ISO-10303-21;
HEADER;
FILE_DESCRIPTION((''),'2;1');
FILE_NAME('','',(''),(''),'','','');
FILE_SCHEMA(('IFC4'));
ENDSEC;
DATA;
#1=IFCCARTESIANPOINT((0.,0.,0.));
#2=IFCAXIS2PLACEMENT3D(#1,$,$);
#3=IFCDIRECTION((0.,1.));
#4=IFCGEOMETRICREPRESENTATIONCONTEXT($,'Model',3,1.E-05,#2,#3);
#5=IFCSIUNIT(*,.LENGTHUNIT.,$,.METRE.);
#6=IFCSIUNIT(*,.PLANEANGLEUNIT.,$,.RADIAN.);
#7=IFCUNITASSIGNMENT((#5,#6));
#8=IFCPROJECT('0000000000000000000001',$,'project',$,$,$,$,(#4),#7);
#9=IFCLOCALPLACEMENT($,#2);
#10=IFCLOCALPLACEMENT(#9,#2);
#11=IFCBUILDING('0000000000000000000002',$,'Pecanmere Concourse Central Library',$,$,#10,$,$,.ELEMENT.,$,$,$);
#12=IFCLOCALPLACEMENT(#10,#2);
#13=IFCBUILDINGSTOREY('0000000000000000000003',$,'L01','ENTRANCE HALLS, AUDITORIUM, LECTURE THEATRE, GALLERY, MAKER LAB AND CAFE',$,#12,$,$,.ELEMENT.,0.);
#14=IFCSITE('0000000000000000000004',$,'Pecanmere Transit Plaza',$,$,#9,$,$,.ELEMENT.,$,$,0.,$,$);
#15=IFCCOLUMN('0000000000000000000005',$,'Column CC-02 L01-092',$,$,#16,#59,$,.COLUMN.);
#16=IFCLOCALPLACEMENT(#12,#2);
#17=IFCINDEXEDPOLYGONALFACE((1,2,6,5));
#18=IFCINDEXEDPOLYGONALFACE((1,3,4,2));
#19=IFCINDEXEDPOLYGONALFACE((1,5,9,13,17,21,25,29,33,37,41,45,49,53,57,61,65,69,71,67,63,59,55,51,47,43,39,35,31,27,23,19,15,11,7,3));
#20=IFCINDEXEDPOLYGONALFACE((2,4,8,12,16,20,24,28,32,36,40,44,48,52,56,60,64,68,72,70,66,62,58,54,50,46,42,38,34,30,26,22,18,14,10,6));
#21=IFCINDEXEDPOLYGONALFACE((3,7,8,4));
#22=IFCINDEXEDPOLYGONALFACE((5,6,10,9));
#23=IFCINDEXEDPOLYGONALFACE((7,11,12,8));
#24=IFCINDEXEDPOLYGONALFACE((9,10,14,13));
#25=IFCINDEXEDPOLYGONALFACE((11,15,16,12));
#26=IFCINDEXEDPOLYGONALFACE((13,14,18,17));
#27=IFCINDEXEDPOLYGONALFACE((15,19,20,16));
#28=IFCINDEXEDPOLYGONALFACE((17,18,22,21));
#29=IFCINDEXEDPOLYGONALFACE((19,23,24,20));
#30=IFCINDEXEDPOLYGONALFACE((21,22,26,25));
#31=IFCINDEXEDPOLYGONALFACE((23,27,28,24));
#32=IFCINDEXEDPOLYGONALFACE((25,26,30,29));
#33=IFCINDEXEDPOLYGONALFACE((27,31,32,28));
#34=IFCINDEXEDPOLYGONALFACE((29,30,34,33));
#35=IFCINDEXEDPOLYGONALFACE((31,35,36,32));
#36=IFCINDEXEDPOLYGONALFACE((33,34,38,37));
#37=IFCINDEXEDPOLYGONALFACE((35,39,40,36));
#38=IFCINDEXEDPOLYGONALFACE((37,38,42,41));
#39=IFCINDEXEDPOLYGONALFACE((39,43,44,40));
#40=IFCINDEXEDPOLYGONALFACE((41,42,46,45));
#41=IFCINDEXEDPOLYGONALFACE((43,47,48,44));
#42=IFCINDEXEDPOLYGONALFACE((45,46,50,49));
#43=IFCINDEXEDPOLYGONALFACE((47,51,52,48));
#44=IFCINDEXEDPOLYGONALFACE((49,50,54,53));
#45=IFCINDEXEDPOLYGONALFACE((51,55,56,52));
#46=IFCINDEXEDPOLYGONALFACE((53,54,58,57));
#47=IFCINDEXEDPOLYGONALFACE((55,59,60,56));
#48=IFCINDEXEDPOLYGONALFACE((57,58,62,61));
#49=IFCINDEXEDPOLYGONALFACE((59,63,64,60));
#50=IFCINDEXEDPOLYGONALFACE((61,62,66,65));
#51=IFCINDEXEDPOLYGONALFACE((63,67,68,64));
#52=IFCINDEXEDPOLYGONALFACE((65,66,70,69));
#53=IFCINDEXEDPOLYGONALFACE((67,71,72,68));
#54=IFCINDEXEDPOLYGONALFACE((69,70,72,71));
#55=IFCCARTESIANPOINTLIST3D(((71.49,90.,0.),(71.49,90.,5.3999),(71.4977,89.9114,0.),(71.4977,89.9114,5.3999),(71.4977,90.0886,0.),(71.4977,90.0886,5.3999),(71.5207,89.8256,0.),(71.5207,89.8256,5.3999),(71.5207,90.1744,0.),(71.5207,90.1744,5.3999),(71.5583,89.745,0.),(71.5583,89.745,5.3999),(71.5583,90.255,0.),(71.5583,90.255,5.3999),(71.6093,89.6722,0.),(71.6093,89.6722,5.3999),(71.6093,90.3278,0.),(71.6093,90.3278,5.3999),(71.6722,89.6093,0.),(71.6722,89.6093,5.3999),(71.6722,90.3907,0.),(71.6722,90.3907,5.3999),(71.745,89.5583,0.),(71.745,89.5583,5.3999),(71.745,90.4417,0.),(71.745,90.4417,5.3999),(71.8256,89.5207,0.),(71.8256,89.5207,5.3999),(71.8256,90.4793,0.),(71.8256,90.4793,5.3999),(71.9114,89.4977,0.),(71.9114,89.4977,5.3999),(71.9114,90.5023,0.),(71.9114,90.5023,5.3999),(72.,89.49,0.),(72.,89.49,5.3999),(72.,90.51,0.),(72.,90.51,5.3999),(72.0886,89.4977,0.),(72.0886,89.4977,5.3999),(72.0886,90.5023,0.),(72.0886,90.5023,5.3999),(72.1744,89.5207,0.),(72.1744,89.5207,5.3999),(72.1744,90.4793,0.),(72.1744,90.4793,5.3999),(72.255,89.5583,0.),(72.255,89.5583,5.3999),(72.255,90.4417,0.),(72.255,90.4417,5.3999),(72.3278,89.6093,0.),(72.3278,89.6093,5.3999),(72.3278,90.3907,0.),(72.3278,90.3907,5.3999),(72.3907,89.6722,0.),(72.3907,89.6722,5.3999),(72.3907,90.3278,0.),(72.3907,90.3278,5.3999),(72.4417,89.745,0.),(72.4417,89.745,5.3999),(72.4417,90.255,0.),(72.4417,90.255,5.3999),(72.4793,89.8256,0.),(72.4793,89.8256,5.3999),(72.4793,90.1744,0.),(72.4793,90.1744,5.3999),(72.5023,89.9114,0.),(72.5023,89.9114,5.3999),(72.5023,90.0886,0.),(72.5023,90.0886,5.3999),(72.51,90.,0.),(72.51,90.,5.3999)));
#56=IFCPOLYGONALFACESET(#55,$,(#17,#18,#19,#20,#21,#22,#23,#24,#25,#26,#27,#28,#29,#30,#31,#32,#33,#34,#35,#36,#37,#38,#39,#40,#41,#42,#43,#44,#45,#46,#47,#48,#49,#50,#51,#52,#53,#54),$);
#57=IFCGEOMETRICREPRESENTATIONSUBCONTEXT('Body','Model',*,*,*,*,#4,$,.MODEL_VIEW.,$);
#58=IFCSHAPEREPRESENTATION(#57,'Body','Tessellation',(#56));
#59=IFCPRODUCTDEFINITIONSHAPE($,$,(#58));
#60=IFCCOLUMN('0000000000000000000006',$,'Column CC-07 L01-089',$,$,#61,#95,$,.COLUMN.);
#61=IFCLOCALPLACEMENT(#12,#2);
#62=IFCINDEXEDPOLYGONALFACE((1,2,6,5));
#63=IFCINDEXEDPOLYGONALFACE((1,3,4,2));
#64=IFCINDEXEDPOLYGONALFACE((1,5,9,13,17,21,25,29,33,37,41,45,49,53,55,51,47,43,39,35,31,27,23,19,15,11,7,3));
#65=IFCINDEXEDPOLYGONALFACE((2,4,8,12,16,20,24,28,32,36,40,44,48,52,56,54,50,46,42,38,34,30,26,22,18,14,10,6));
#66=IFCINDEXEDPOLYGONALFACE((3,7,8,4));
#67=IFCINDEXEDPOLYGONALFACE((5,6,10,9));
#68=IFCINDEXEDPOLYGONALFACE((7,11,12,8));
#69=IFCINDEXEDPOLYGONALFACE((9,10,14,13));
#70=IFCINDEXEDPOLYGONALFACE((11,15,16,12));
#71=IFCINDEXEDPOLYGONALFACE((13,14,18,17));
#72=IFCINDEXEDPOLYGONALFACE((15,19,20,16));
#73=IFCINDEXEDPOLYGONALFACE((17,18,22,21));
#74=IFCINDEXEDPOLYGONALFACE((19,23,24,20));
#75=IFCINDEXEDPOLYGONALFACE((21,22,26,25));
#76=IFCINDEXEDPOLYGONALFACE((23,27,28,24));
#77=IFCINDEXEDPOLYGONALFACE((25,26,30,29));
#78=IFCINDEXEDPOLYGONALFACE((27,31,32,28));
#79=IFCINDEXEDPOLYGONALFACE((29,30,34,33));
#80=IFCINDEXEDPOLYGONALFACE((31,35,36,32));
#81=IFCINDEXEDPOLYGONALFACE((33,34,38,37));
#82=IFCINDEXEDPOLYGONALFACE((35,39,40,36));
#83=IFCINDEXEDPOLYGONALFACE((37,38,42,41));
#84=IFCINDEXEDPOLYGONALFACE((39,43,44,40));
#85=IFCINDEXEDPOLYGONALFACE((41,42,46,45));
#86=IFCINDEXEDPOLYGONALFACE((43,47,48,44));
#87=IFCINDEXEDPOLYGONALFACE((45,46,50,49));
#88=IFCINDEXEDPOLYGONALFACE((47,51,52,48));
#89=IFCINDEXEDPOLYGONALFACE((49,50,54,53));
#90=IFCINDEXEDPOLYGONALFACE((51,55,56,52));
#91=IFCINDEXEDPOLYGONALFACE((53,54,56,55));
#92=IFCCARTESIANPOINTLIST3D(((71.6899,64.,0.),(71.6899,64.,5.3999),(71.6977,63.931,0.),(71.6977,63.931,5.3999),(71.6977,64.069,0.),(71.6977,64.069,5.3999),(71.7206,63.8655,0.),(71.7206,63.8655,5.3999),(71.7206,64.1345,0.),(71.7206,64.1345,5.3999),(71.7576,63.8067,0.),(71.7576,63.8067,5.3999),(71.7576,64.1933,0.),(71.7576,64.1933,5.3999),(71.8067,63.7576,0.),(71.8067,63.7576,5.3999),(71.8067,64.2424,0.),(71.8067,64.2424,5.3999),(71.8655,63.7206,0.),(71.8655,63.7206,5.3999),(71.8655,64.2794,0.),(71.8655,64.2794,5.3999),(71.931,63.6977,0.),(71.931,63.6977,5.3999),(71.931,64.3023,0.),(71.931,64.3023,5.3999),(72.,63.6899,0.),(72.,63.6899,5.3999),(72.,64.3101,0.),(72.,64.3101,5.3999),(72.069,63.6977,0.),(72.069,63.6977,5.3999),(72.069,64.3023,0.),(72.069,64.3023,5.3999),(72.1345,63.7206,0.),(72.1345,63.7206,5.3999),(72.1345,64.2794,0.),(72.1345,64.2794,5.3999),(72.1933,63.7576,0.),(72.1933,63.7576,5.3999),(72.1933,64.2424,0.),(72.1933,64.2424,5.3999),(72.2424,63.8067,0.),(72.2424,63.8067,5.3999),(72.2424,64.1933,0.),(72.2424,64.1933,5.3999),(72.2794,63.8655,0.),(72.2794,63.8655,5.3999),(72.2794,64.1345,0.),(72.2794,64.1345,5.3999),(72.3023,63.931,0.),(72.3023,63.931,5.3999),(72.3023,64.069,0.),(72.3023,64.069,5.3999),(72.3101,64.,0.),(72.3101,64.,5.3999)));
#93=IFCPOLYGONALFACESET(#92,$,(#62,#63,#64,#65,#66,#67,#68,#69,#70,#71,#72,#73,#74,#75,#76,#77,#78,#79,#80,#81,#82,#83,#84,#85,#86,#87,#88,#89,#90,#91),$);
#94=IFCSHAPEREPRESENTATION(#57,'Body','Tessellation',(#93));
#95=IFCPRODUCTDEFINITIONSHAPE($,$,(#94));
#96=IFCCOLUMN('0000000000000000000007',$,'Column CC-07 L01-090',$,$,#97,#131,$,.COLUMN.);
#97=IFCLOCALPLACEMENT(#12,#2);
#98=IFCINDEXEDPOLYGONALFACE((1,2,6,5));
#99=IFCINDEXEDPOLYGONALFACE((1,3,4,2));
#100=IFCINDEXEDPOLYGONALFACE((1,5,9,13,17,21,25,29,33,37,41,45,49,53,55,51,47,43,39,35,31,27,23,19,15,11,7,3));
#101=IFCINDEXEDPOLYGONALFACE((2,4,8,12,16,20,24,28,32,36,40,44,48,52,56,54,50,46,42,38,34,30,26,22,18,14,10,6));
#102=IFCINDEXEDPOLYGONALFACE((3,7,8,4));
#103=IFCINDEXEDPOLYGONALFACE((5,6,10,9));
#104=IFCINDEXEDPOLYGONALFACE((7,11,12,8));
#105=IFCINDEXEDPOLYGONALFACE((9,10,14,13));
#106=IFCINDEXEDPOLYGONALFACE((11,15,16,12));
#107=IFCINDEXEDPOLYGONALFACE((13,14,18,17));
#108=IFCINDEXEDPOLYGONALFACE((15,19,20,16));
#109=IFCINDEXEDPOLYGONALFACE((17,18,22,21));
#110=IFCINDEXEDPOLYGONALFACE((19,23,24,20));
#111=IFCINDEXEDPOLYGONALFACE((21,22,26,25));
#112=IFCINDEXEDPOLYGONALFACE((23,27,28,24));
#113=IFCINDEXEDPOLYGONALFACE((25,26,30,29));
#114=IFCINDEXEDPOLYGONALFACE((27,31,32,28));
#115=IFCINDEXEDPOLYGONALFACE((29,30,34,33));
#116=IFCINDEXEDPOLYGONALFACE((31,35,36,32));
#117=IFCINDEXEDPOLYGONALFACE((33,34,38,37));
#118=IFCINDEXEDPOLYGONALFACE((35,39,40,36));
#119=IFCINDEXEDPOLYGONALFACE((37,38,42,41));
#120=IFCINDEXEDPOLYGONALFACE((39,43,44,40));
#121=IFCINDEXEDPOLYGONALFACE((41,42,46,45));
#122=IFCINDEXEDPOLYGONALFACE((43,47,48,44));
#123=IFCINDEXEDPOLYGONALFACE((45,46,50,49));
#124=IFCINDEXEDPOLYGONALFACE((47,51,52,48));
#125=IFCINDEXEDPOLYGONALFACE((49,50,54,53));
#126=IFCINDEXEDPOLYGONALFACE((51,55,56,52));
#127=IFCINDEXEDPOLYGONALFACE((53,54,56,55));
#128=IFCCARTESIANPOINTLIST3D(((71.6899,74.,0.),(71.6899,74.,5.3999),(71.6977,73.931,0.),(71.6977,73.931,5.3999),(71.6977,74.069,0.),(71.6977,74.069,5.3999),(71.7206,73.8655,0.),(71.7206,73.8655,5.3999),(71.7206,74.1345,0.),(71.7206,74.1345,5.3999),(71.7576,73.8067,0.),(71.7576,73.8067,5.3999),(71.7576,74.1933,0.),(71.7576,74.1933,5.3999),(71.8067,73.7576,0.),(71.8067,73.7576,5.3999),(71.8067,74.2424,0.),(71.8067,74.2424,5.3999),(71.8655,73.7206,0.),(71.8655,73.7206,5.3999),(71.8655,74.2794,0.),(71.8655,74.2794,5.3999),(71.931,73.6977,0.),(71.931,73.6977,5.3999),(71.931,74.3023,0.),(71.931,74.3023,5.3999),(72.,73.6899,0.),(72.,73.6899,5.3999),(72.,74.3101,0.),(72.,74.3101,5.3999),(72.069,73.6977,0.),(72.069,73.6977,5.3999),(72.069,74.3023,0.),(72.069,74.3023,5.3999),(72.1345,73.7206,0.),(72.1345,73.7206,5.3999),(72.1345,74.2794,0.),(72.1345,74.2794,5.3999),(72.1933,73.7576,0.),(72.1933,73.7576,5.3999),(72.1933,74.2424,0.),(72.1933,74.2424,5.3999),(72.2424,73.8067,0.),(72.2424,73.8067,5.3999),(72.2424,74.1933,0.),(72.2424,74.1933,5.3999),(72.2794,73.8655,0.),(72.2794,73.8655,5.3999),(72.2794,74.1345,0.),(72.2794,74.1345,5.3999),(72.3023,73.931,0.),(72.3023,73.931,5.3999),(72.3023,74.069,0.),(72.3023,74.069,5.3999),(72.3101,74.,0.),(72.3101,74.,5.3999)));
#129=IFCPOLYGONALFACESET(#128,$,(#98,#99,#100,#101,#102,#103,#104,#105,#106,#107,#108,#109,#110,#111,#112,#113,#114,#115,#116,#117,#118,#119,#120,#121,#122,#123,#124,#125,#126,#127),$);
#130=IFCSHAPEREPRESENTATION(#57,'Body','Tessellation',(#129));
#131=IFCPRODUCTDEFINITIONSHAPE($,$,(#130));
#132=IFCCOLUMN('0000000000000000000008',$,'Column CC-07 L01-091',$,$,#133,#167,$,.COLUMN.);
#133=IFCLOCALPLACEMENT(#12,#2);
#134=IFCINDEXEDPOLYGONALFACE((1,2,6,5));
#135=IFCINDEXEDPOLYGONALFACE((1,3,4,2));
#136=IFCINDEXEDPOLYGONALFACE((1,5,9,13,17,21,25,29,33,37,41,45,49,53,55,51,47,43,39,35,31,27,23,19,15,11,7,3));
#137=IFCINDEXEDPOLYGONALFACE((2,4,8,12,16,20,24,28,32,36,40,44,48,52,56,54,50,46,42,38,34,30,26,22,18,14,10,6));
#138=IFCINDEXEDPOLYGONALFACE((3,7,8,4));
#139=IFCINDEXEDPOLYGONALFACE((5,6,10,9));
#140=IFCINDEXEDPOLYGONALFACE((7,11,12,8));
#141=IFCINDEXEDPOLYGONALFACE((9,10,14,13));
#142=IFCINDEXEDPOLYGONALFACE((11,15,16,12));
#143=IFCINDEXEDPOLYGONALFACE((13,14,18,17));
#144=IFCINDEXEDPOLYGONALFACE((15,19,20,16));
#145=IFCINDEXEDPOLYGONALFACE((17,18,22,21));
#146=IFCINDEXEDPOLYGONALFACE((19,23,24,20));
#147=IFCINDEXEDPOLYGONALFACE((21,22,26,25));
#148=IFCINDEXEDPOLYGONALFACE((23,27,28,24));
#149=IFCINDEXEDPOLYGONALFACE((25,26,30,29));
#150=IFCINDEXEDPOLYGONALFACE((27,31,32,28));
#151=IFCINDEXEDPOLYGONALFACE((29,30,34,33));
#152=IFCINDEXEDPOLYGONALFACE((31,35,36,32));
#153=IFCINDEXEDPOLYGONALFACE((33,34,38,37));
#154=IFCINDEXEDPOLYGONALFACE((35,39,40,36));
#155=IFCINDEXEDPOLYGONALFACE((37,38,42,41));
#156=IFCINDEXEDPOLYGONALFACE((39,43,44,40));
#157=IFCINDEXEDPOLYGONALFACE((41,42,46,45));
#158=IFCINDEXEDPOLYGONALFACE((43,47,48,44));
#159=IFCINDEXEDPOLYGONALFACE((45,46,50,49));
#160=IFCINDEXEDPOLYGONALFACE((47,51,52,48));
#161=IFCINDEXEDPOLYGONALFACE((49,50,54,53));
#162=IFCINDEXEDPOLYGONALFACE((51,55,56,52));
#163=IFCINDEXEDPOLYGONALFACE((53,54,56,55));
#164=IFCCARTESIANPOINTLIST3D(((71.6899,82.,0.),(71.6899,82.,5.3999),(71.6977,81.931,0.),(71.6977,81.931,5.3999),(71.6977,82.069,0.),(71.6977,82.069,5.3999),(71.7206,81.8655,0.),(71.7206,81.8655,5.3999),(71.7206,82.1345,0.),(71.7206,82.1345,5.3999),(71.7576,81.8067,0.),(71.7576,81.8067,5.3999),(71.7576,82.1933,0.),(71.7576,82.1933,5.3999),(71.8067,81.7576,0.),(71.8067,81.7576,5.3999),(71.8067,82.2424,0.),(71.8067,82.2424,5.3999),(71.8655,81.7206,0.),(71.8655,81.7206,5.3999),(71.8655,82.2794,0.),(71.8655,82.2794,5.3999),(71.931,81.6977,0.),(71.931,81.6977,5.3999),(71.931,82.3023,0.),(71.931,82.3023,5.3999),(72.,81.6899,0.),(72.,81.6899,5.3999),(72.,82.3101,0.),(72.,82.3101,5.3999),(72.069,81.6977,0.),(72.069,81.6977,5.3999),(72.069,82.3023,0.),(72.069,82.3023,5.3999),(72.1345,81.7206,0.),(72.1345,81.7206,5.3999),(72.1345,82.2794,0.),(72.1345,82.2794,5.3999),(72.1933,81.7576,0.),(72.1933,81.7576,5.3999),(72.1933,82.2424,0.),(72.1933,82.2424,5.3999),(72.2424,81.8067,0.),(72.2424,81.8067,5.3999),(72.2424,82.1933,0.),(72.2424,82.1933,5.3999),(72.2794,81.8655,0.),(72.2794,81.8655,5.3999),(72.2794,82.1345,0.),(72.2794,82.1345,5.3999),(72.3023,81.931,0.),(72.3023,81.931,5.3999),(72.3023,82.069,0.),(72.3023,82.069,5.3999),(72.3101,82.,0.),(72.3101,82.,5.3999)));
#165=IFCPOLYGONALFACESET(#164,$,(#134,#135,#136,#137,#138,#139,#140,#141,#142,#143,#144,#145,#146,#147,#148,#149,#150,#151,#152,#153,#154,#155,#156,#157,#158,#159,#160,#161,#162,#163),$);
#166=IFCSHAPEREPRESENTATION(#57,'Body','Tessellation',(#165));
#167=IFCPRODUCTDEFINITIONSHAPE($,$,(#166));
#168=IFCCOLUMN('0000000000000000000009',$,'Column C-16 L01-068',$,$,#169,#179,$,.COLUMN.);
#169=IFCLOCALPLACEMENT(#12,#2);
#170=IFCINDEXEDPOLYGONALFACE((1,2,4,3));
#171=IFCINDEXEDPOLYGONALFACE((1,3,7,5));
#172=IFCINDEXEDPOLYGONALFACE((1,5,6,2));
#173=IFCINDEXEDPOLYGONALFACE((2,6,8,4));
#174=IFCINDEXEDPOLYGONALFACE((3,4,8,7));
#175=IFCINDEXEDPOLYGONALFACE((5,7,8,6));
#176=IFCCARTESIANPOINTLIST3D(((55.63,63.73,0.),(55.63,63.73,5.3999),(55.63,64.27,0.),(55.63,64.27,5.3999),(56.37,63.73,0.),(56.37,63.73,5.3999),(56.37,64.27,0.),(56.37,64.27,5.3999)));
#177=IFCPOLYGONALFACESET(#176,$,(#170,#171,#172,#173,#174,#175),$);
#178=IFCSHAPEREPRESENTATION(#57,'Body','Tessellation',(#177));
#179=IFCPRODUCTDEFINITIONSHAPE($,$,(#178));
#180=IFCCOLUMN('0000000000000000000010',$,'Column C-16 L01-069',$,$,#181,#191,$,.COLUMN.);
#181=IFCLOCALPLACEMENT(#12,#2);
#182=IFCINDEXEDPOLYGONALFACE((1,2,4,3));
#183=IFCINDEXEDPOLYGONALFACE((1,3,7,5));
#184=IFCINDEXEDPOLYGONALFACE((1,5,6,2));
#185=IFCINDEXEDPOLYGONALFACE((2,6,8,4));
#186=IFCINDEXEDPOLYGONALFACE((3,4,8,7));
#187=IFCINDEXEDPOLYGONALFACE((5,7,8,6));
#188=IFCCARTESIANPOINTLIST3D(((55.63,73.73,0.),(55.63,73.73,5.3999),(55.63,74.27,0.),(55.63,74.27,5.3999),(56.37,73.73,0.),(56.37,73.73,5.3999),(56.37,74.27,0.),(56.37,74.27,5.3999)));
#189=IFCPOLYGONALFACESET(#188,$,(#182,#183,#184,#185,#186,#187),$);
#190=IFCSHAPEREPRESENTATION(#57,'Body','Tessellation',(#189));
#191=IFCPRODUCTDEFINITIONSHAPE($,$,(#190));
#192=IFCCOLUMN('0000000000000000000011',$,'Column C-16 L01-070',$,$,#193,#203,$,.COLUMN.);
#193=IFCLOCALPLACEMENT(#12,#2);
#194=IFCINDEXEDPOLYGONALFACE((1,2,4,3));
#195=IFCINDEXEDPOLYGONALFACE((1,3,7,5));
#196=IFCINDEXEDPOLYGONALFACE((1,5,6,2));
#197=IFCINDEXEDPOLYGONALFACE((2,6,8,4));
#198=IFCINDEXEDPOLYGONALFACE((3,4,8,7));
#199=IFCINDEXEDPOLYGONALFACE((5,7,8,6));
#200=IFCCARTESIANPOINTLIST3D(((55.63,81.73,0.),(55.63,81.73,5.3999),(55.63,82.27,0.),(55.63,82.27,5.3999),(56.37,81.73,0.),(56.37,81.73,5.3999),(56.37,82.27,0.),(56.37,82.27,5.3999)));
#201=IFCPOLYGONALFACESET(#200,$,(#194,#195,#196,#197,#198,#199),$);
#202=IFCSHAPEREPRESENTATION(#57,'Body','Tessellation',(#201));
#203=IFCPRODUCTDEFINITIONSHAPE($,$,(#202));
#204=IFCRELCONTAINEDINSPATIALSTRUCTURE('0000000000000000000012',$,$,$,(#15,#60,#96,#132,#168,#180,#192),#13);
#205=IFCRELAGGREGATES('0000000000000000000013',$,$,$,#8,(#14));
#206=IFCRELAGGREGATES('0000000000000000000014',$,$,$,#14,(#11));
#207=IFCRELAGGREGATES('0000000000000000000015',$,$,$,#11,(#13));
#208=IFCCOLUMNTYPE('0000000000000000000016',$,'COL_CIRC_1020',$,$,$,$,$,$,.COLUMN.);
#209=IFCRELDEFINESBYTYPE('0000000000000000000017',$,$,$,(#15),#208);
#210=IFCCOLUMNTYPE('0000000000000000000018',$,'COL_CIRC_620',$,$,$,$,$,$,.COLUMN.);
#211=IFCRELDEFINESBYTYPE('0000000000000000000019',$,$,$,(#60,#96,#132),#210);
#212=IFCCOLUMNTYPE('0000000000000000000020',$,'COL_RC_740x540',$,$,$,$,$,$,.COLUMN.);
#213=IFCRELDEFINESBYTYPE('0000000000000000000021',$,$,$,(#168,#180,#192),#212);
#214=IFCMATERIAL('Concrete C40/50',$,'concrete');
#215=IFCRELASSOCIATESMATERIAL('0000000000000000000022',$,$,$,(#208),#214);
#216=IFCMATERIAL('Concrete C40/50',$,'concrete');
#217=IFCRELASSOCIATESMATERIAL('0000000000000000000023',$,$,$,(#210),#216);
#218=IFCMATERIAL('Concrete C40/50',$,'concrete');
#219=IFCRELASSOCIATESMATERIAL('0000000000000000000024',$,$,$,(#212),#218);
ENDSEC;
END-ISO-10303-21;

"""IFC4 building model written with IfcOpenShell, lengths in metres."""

from ifc_helpers import new_model, si_unit, direction, frame, origin, origin_2d, place, context, subcontext, project, spatial, rectangle, circle, extrude, material, material_profile, profile_set, type_object, element, save


model = new_model("IFC4")

# Units and contexts
model_context = context("Model", 3, precision=1e-05, world=origin(), true_north=direction((0.0, 1.0)))
body_context = subcontext(model_context, "Body", "Model", "MODEL_VIEW")
ifc_project = project(units=[si_unit("LENGTHUNIT", "METRE"), si_unit("PLANEANGLEUNIT", "RADIAN")], contexts=[model_context])

# Site, building, storey
site_placement = place(None, origin())
site = spatial("IfcSite", under=ifc_project, at=site_placement, Name="Pecanmere Transit Plaza", CompositionType="ELEMENT", RefElevation=0.0)
building_placement = place(site_placement, origin())
building = spatial("IfcBuilding", under=site, at=building_placement, Name="Pecanmere Concourse Central Library", CompositionType="ELEMENT")
storey_placement = place(building_placement, origin())
storey = spatial("IfcBuildingStorey", under=building, at=storey_placement, Name="L01", Description="ENTRANCE HALLS, AUDITORIUM, LECTURE THEATRE, GALLERY, MAKER LAB AND CAFE", CompositionType="ELEMENT", Elevation=0.0)

# Columns
ifc_material_1 = material(Name="Concrete C40/50", Category="concrete")
ifc_material_profile_1 = material_profile(ifc_material_1, circle(Radius=0.51, at=origin_2d()), Name="RC D1020")
ifc_profile_set_1 = profile_set([ifc_material_profile_1], Name="Concrete C40/50")
column_type_1 = type_object("IfcColumnType", Name="COL_CIRC_1020", PredefinedType="COLUMN", material=ifc_profile_set_1)
column_placement = place(storey_placement, frame((72.0, 90.0, 0.0), z_axis=(0.0, 0.0, 1.0), x_axis=(1.0, 0.0, 0.0)))
element("IfcColumn", 1, at=column_placement, inside=storey, type_object=column_type_1, Name="Column CC-02 L01-092", PredefinedType="COLUMN", context=body_context, shape_type="SweptSolid", body=[
    extrude(circle(Radius=0.51, at=origin_2d()), origin(), (0.0, 0.0, 1.0), 5.3999),
])
ifc_material_2 = material(Name="Concrete C40/50", Category="concrete")
ifc_material_profile_2 = material_profile(ifc_material_2, circle(Radius=0.3101, at=origin_2d()), Name="RC D620")
ifc_profile_set_2 = profile_set([ifc_material_profile_2], Name="Concrete C40/50")
column_type_2 = type_object("IfcColumnType", Name="COL_CIRC_620", PredefinedType="COLUMN", material=ifc_profile_set_2)
for number, where, z_axis, x_axis, name in (
    (2, (72.0, 64.0, 0.0), (0.0, 0.0, 1.0), (1.0, 0.0, 0.0), "Column CC-07 L01-089"),
    (3, (72.0, 74.0, 0.0), (0.0, 0.0, 1.0), (1.0, 0.0, 0.0), "Column CC-07 L01-090"),
    (4, (72.0, 82.0, 0.0), (0.0, 0.0, 1.0), (1.0, 0.0, 0.0), "Column CC-07 L01-091"),
):
    element("IfcColumn", number, at=place(storey_placement, frame(where, z_axis=z_axis, x_axis=x_axis)), inside=storey, type_object=column_type_2, Name=name, PredefinedType="COLUMN", context=body_context, shape_type="SweptSolid", body=[
        extrude(circle(Radius=0.3101, at=origin_2d()), origin(), (0.0, 0.0, 1.0), 5.3999),
    ])
ifc_material_3 = material(Name="Concrete C40/50", Category="concrete")
ifc_material_profile_3 = material_profile(ifc_material_3, rectangle(XDim=0.74, YDim=0.54, at=origin_2d()), Name="RC 740x540")
ifc_profile_set_3 = profile_set([ifc_material_profile_3], Name="Concrete C40/50")
column_type_3 = type_object("IfcColumnType", Name="COL_RC_740x540", PredefinedType="COLUMN", material=ifc_profile_set_3)
for number, where, z_axis, x_axis, name in (
    (5, (56.0, 64.0, 0.0), (0.0, 0.0, 1.0), (1.0, 0.0, 0.0), "Column C-16 L01-068"),
    (6, (56.0, 74.0, 0.0), (0.0, 0.0, 1.0), (1.0, 0.0, 0.0), "Column C-16 L01-069"),
    (7, (56.0, 82.0, 0.0), (0.0, 0.0, 1.0), (1.0, 0.0, 0.0), "Column C-16 L01-070"),
):
    element("IfcColumn", number, at=place(storey_placement, frame(where, z_axis=z_axis, x_axis=x_axis)), inside=storey, type_object=column_type_3, Name=name, PredefinedType="COLUMN", context=body_context, shape_type="SweptSolid", body=[
        extrude(rectangle(XDim=0.74, YDim=0.54, at=origin_2d()), origin(), (0.0, 0.0, 1.0), 5.3999),
    ])

save(model, "model.ifc")
